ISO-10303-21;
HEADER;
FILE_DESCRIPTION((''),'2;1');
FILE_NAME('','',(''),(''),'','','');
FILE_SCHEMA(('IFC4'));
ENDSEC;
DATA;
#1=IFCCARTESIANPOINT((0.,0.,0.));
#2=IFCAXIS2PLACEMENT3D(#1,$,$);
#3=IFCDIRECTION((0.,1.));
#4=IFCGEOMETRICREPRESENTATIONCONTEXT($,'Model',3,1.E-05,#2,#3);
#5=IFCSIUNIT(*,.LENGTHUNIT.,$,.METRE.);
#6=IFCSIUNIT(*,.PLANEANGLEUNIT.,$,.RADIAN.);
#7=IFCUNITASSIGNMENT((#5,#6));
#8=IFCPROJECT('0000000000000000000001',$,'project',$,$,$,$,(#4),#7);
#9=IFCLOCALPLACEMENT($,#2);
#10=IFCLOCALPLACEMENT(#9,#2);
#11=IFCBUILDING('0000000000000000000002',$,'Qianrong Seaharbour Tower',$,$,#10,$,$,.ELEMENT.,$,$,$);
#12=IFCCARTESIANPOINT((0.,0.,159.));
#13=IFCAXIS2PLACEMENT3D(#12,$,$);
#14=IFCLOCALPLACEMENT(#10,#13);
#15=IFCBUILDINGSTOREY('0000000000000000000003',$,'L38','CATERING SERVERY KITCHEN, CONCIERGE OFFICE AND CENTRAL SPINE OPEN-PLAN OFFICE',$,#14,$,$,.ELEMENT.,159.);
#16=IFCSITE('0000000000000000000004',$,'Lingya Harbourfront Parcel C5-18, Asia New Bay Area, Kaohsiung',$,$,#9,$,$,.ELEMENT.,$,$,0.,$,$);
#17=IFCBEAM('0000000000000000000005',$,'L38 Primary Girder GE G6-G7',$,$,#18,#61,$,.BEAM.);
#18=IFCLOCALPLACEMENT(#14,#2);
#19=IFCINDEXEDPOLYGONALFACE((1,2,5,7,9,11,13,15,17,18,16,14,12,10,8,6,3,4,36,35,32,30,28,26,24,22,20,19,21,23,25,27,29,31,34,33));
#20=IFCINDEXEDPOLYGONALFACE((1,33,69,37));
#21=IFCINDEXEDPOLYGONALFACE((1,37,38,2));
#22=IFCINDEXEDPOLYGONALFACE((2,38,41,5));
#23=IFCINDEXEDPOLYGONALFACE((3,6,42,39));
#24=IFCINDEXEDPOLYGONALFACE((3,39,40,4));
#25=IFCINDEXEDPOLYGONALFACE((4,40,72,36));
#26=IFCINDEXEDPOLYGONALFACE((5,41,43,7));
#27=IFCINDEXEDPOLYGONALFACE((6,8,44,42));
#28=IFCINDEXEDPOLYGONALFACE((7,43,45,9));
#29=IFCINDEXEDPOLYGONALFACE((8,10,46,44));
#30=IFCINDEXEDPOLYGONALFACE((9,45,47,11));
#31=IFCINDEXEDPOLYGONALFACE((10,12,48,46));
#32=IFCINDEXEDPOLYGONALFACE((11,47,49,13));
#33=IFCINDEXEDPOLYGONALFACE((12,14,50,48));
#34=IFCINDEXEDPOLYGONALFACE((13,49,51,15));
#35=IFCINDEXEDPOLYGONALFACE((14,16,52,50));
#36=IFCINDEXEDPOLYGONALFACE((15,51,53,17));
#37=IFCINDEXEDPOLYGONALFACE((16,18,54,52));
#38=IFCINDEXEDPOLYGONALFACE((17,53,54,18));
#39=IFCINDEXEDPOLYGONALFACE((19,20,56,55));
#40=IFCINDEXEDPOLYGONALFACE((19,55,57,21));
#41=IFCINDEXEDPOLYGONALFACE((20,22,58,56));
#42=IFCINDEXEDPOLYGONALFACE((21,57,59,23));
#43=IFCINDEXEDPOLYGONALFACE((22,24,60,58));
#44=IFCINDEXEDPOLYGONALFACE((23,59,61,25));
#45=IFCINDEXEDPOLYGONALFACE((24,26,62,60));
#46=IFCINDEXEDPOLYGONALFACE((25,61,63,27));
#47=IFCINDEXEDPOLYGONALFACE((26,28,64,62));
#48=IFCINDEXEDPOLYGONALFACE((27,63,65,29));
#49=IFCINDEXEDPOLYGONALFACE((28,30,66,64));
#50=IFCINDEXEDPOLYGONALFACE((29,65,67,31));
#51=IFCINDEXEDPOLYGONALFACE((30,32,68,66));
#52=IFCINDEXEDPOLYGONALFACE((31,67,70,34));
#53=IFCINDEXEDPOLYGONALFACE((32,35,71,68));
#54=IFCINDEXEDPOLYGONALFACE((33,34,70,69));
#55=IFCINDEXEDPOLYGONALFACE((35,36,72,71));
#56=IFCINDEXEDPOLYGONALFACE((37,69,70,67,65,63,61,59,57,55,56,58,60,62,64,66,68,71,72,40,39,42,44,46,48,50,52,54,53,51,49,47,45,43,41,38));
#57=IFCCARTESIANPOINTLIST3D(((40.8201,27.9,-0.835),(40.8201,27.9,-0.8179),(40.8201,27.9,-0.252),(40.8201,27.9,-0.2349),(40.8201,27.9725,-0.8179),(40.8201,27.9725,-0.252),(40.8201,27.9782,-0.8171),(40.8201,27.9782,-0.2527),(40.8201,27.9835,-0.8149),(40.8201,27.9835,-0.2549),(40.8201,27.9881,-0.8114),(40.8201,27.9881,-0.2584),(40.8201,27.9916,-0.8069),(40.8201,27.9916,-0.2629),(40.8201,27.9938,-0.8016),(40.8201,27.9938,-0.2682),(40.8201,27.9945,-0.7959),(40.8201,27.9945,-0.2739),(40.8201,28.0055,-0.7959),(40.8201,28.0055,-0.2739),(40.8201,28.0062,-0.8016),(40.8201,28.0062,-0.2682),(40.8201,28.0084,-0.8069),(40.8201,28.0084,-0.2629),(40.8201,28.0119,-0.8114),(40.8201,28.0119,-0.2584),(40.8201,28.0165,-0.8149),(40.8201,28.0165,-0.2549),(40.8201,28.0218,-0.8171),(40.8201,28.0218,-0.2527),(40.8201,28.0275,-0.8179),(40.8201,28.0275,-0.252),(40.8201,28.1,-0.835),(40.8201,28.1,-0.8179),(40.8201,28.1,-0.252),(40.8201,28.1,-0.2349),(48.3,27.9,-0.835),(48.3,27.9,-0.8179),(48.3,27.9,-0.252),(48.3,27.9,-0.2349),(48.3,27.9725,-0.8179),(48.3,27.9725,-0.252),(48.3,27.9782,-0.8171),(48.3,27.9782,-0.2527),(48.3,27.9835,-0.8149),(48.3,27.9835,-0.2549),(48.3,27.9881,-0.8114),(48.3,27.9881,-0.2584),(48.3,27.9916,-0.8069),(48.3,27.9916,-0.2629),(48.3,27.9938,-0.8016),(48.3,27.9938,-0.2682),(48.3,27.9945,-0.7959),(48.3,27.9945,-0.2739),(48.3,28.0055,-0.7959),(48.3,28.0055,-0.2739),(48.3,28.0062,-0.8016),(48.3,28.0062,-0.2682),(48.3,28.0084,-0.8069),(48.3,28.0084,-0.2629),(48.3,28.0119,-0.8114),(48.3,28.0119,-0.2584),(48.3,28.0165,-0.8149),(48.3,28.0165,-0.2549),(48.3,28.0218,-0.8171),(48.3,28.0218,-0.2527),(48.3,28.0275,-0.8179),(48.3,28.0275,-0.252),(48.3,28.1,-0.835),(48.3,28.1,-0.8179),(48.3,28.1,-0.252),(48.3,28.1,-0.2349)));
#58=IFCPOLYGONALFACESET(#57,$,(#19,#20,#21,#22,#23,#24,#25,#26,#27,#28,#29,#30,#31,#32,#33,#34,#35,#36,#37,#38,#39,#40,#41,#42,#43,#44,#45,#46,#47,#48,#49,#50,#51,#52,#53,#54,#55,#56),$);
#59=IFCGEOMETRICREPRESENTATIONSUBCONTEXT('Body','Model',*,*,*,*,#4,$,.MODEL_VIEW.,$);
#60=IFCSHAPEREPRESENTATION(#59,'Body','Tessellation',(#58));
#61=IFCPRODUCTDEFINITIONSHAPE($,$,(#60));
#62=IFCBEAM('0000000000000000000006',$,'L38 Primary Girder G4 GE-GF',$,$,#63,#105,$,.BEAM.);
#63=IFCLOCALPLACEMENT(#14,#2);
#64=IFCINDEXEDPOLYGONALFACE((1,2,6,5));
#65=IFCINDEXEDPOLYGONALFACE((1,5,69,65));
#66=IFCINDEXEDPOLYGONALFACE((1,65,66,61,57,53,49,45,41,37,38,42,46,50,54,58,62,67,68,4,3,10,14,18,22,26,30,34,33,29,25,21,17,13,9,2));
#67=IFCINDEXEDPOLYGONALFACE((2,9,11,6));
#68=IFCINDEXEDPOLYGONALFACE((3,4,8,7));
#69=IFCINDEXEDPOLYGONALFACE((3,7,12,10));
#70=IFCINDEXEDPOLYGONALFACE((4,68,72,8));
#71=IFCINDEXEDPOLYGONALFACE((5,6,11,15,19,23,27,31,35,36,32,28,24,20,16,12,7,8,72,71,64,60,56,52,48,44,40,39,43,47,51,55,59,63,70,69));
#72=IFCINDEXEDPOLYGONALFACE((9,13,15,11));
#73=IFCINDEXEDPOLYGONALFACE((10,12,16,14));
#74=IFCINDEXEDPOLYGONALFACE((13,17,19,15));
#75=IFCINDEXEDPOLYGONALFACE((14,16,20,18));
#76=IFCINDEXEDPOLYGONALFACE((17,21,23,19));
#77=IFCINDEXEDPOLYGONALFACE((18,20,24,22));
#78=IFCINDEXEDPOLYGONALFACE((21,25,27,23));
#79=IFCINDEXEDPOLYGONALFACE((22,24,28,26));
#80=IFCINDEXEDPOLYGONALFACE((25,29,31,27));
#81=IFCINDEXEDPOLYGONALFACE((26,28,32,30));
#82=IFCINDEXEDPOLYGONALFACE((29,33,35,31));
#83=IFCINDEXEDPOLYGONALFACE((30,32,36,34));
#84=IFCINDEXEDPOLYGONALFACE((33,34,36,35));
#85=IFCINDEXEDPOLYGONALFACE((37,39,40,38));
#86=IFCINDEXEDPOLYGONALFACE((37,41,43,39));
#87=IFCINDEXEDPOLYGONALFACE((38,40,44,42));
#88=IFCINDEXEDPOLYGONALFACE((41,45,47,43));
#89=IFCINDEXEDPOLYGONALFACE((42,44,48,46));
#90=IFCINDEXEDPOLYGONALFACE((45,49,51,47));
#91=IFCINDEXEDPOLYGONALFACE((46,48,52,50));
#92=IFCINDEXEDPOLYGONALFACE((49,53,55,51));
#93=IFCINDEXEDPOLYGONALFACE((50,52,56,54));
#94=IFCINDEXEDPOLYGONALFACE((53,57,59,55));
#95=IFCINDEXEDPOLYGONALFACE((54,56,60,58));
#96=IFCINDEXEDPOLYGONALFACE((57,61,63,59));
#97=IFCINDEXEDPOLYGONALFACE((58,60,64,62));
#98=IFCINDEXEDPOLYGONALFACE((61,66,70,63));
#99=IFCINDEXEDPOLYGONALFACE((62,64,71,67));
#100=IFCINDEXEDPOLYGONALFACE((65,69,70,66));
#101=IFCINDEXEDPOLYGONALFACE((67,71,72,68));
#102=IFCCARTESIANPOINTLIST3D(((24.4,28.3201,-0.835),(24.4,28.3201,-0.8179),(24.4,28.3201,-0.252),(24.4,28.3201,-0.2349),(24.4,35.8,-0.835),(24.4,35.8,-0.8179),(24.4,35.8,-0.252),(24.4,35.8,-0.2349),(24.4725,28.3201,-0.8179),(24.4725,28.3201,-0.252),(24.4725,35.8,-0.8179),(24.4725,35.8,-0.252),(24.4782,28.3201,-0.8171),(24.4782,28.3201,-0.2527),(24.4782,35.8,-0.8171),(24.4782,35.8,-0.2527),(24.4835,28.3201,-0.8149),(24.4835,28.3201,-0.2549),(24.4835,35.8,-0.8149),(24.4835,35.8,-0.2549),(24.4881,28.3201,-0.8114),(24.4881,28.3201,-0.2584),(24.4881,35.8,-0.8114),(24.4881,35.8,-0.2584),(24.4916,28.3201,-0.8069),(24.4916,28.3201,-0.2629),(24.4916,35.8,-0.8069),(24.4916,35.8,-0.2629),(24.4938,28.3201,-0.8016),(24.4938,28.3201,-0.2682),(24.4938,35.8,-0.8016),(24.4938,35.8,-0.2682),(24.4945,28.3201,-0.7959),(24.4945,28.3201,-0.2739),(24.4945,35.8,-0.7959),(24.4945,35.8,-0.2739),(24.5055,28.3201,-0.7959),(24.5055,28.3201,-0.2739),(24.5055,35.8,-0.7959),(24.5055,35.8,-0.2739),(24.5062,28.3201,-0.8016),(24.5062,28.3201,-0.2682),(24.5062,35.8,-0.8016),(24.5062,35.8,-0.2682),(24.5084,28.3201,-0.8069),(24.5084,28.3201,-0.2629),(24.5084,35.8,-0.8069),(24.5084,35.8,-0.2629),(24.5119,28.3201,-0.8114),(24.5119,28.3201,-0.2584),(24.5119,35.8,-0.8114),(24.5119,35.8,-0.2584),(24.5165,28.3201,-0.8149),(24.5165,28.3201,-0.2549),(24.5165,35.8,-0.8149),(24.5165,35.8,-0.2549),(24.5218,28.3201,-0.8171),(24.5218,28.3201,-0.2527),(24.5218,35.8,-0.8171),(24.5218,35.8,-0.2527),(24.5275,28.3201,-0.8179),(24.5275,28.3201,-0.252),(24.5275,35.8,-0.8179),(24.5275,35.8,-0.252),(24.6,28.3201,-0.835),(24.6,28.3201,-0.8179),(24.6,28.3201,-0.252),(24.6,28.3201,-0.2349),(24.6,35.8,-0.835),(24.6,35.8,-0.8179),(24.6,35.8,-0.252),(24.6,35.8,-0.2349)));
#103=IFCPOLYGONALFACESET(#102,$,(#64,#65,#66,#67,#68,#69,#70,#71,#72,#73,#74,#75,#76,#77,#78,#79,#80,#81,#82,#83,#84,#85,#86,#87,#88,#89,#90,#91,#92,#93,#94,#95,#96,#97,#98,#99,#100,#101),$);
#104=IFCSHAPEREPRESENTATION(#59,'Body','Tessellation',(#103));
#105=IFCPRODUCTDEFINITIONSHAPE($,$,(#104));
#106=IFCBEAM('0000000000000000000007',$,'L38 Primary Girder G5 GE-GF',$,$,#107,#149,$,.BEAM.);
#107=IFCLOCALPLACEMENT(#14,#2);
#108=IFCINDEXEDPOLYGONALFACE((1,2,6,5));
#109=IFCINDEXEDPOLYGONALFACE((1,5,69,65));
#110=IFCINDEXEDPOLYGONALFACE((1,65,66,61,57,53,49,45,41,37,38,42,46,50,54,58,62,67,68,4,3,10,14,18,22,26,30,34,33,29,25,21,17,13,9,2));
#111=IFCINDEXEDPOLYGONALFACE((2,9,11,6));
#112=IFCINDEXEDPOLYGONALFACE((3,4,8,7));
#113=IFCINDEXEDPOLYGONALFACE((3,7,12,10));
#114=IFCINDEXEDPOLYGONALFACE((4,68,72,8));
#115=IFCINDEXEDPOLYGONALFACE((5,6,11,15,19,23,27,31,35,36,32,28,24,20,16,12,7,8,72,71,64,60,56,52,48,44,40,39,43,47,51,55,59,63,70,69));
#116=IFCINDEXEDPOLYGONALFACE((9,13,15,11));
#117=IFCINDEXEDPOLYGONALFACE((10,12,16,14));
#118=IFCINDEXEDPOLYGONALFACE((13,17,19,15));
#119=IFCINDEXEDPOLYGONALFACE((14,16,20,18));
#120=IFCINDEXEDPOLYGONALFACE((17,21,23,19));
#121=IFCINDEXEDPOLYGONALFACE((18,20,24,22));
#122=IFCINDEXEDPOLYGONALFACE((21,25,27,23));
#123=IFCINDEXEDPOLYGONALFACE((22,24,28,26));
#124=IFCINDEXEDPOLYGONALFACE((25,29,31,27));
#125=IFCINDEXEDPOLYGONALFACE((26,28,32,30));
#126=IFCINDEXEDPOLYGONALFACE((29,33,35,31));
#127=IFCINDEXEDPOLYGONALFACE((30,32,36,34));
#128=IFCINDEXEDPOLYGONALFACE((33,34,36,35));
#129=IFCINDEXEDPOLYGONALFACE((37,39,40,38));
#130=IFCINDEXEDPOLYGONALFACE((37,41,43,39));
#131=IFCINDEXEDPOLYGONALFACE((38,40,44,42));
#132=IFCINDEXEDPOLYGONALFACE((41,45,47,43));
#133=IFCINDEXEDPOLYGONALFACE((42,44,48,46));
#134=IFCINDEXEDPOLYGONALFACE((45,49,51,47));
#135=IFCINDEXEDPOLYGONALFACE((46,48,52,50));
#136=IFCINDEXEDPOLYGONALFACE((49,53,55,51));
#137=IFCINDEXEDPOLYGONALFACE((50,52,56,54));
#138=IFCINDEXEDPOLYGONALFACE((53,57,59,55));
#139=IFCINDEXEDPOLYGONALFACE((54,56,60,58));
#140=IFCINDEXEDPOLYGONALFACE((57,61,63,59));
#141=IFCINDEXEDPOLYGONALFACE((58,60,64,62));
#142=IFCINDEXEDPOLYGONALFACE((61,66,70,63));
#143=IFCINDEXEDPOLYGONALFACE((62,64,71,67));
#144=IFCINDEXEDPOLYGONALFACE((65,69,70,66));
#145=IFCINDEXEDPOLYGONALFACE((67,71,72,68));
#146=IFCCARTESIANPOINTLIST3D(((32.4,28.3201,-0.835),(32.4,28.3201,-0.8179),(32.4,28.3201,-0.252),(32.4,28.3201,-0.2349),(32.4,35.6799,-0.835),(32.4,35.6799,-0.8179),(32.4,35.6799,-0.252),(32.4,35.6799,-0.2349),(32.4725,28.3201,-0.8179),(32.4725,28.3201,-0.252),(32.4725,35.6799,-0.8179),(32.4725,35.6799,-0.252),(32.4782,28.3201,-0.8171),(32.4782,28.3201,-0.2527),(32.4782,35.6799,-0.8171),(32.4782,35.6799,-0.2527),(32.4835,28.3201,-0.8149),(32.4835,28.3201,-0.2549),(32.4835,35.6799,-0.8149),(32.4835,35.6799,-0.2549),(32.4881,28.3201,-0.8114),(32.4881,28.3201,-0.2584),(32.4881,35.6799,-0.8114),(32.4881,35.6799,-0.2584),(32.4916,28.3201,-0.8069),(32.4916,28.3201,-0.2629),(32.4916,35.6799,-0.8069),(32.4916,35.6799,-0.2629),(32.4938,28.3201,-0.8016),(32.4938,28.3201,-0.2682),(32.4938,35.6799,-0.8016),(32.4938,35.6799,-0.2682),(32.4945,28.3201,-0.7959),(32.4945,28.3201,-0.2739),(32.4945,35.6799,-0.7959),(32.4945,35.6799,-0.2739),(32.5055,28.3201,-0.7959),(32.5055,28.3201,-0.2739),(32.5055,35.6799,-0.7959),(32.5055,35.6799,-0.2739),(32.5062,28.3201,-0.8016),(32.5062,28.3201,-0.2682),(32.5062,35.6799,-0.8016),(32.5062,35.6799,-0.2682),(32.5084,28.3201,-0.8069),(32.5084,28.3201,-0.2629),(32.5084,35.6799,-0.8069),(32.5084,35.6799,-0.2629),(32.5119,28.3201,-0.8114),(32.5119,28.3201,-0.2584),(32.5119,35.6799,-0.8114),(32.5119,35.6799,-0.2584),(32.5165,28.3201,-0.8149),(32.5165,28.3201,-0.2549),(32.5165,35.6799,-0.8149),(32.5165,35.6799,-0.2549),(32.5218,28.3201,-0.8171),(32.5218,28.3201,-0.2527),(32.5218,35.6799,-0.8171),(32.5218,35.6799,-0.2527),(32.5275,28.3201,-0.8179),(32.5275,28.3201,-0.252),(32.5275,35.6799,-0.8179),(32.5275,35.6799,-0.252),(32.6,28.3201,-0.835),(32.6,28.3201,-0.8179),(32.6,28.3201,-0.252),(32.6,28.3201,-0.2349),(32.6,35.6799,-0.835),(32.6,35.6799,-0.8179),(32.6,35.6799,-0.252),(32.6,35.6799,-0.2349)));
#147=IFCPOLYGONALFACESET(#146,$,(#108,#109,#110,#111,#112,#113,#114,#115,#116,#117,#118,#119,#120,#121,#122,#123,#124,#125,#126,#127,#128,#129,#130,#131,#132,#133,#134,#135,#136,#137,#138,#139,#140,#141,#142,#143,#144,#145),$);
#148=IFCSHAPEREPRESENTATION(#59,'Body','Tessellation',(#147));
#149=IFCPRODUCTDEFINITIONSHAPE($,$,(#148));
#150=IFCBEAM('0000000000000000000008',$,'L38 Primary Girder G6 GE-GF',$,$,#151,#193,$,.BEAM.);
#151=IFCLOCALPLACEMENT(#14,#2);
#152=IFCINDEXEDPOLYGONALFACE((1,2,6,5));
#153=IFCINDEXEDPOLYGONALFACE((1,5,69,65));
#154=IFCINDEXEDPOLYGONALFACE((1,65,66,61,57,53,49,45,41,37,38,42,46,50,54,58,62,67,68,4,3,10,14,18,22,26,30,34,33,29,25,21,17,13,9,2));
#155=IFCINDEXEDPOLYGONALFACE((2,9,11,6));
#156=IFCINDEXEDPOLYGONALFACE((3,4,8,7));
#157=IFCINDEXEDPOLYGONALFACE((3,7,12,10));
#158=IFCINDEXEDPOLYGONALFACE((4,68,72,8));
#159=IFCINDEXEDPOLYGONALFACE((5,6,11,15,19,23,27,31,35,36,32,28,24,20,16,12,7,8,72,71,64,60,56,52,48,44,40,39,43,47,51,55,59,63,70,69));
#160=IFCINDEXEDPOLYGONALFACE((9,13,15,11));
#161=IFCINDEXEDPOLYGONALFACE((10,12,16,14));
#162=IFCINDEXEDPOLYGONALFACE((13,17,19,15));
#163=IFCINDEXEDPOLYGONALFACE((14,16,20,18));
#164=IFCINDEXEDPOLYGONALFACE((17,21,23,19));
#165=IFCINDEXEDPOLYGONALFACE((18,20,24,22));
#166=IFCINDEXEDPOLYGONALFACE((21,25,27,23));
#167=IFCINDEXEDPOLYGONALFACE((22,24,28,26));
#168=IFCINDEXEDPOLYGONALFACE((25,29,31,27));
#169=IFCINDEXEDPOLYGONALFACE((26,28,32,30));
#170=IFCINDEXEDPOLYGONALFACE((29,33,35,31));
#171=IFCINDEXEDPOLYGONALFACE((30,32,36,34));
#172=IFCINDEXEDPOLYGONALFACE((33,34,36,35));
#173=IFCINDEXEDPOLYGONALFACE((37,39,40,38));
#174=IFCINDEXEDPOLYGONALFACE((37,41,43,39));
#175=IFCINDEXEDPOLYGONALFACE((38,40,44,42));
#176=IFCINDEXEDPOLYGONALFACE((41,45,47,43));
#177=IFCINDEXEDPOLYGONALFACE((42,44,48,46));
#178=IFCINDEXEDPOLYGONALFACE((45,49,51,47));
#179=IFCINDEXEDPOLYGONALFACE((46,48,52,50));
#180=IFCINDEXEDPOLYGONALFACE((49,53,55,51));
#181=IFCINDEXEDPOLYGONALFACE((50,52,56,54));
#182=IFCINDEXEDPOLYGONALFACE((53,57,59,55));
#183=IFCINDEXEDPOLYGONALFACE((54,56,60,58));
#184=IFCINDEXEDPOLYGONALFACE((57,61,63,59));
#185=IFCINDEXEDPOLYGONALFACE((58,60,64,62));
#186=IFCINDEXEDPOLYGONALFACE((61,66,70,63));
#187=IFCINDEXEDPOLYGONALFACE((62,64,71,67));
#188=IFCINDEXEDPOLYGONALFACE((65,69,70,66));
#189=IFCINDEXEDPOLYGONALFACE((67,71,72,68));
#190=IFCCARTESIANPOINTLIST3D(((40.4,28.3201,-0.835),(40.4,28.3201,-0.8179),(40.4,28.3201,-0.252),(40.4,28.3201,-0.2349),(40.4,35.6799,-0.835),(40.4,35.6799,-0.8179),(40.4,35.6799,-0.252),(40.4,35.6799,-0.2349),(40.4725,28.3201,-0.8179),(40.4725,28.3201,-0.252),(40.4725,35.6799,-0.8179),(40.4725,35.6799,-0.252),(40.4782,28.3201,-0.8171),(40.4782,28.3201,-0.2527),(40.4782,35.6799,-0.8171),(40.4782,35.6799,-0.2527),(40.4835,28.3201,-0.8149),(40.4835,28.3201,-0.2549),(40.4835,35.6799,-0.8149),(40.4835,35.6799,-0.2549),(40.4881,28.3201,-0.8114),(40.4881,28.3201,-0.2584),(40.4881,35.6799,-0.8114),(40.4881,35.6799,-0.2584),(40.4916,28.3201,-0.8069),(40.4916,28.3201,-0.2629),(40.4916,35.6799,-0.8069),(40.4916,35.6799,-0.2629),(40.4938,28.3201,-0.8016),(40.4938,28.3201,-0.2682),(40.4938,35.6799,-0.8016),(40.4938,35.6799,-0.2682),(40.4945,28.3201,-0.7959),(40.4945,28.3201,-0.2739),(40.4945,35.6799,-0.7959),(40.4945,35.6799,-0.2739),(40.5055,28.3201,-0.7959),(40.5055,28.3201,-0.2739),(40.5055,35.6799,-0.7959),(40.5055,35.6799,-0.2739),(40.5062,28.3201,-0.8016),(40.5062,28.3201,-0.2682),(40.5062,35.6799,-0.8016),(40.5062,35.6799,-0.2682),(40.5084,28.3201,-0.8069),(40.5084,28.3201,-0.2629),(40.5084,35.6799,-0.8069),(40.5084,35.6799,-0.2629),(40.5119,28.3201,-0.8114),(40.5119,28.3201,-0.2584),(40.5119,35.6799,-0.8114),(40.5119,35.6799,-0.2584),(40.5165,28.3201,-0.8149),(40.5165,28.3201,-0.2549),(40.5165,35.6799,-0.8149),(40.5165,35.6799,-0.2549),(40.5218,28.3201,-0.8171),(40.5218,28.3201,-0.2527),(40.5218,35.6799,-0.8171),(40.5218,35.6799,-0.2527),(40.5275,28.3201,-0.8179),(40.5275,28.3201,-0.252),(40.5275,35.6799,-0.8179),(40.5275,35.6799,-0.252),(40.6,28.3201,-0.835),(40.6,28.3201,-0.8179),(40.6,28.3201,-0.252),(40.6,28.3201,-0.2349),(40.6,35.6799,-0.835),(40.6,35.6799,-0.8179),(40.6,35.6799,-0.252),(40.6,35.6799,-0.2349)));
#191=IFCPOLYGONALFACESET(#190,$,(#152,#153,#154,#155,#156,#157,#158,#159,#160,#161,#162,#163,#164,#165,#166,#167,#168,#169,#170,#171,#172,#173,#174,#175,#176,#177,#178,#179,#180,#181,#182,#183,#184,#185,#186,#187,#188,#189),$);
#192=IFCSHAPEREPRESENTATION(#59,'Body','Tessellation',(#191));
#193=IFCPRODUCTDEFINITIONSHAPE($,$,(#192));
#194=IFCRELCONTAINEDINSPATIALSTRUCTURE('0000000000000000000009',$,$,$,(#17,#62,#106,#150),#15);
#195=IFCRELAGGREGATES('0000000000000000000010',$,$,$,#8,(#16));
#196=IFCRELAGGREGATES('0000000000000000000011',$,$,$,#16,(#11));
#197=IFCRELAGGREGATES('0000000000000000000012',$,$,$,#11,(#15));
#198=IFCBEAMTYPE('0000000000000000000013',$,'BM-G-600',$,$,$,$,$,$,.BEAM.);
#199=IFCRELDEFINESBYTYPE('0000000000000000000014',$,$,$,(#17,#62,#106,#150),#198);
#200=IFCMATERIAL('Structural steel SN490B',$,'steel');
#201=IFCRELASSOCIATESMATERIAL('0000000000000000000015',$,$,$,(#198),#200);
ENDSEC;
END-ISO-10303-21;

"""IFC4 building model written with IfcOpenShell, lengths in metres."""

from ifc_helpers import new_model, si_unit, direction, frame, origin, origin_2d, place, context, subcontext, project, spatial, i_section, extrude, material, material_profile, profile_set, type_object, element, save


model = new_model("IFC4")

# Units and contexts
model_context = context("Model", 3, precision=1e-05, world=origin(), true_north=direction((0.0, 1.0)))
body_context = subcontext(model_context, "Body", "Model", "MODEL_VIEW")
ifc_project = project(units=[si_unit("LENGTHUNIT", "METRE"), si_unit("PLANEANGLEUNIT", "RADIAN")], contexts=[model_context])

# Site, building, storey
site_placement = place(None, origin())
site = spatial("IfcSite", under=ifc_project, at=site_placement, Name="Lingya Harbourfront Parcel C5-18, Asia New Bay Area, Kaohsiung", CompositionType="ELEMENT", RefElevation=0.0)
building_placement = place(site_placement, origin())
building = spatial("IfcBuilding", under=site, at=building_placement, Name="Qianrong Seaharbour Tower", CompositionType="ELEMENT")
storey_placement = place(building_placement, frame((0.0, 0.0, 159.0)))
storey = spatial("IfcBuildingStorey", under=building, at=storey_placement, Name="L38", Description="CATERING SERVERY KITCHEN, CONCIERGE OFFICE AND CENTRAL SPINE OPEN-PLAN OFFICE", CompositionType="ELEMENT", Elevation=159.0)

# Shared definitions
ifc_material_1 = material(Name="Structural steel SN490B", Category="steel")

# Beams
ifc_material_profile_1 = material_profile(ifc_material_1, i_section(OverallWidth=0.2, OverallDepth=0.6001, WebThickness=0.011, FlangeThickness=0.0171, FilletRadius=0.022, at=origin_2d()), Name="H600x200x11x17")
ifc_profile_set_1 = profile_set([ifc_material_profile_1], Name="Structural steel SN490B")
beam_type_1 = type_object("IfcBeamType", Name="BM-G-600", PredefinedType="BEAM", material=ifc_profile_set_1)
for number, where, z_axis, x_axis, name in (
    (1, (40.8201, 28.0, -0.5349), (1.0, 0.0, 0.0), (0.0, 1.0, 0.0), "L38 Primary Girder GE G6-G7"),
    (2, (24.5, 28.3201, -0.5349), (0.0, 1.0, 0.0), (-1.0, 0.0, 0.0), "L38 Primary Girder G4 GE-GF"),
):
    element("IfcBeam", number, at=place(storey_placement, frame(where, z_axis=z_axis, x_axis=x_axis)), inside=storey, type_object=beam_type_1, Name=name, PredefinedType="BEAM", context=body_context, shape_type="SweptSolid", body=[
        extrude(i_section(OverallWidth=0.2, OverallDepth=0.6001, WebThickness=0.011, FlangeThickness=0.0171, FilletRadius=0.022, at=origin_2d()), origin(), (0.0, 0.0, 1.0), 7.48),
    ])
for number, where, z_axis, x_axis, name in (
    (3, (32.5, 28.3201, -0.5349), (0.0, 1.0, 0.0), (-1.0, 0.0, 0.0), "L38 Primary Girder G5 GE-GF"),
    (4, (40.5, 28.3201, -0.5349), (0.0, 1.0, 0.0), (-1.0, 0.0, 0.0), "L38 Primary Girder G6 GE-GF"),
):
    element("IfcBeam", number, at=place(storey_placement, frame(where, z_axis=z_axis, x_axis=x_axis)), inside=storey, type_object=beam_type_1, Name=name, PredefinedType="BEAM", context=body_context, shape_type="SweptSolid", body=[
        extrude(i_section(OverallWidth=0.2, OverallDepth=0.6001, WebThickness=0.011, FlangeThickness=0.0171, FilletRadius=0.022, at=origin_2d()), origin(), (0.0, 0.0, 1.0), 7.3599),
    ])

save(model, "model.ifc")
